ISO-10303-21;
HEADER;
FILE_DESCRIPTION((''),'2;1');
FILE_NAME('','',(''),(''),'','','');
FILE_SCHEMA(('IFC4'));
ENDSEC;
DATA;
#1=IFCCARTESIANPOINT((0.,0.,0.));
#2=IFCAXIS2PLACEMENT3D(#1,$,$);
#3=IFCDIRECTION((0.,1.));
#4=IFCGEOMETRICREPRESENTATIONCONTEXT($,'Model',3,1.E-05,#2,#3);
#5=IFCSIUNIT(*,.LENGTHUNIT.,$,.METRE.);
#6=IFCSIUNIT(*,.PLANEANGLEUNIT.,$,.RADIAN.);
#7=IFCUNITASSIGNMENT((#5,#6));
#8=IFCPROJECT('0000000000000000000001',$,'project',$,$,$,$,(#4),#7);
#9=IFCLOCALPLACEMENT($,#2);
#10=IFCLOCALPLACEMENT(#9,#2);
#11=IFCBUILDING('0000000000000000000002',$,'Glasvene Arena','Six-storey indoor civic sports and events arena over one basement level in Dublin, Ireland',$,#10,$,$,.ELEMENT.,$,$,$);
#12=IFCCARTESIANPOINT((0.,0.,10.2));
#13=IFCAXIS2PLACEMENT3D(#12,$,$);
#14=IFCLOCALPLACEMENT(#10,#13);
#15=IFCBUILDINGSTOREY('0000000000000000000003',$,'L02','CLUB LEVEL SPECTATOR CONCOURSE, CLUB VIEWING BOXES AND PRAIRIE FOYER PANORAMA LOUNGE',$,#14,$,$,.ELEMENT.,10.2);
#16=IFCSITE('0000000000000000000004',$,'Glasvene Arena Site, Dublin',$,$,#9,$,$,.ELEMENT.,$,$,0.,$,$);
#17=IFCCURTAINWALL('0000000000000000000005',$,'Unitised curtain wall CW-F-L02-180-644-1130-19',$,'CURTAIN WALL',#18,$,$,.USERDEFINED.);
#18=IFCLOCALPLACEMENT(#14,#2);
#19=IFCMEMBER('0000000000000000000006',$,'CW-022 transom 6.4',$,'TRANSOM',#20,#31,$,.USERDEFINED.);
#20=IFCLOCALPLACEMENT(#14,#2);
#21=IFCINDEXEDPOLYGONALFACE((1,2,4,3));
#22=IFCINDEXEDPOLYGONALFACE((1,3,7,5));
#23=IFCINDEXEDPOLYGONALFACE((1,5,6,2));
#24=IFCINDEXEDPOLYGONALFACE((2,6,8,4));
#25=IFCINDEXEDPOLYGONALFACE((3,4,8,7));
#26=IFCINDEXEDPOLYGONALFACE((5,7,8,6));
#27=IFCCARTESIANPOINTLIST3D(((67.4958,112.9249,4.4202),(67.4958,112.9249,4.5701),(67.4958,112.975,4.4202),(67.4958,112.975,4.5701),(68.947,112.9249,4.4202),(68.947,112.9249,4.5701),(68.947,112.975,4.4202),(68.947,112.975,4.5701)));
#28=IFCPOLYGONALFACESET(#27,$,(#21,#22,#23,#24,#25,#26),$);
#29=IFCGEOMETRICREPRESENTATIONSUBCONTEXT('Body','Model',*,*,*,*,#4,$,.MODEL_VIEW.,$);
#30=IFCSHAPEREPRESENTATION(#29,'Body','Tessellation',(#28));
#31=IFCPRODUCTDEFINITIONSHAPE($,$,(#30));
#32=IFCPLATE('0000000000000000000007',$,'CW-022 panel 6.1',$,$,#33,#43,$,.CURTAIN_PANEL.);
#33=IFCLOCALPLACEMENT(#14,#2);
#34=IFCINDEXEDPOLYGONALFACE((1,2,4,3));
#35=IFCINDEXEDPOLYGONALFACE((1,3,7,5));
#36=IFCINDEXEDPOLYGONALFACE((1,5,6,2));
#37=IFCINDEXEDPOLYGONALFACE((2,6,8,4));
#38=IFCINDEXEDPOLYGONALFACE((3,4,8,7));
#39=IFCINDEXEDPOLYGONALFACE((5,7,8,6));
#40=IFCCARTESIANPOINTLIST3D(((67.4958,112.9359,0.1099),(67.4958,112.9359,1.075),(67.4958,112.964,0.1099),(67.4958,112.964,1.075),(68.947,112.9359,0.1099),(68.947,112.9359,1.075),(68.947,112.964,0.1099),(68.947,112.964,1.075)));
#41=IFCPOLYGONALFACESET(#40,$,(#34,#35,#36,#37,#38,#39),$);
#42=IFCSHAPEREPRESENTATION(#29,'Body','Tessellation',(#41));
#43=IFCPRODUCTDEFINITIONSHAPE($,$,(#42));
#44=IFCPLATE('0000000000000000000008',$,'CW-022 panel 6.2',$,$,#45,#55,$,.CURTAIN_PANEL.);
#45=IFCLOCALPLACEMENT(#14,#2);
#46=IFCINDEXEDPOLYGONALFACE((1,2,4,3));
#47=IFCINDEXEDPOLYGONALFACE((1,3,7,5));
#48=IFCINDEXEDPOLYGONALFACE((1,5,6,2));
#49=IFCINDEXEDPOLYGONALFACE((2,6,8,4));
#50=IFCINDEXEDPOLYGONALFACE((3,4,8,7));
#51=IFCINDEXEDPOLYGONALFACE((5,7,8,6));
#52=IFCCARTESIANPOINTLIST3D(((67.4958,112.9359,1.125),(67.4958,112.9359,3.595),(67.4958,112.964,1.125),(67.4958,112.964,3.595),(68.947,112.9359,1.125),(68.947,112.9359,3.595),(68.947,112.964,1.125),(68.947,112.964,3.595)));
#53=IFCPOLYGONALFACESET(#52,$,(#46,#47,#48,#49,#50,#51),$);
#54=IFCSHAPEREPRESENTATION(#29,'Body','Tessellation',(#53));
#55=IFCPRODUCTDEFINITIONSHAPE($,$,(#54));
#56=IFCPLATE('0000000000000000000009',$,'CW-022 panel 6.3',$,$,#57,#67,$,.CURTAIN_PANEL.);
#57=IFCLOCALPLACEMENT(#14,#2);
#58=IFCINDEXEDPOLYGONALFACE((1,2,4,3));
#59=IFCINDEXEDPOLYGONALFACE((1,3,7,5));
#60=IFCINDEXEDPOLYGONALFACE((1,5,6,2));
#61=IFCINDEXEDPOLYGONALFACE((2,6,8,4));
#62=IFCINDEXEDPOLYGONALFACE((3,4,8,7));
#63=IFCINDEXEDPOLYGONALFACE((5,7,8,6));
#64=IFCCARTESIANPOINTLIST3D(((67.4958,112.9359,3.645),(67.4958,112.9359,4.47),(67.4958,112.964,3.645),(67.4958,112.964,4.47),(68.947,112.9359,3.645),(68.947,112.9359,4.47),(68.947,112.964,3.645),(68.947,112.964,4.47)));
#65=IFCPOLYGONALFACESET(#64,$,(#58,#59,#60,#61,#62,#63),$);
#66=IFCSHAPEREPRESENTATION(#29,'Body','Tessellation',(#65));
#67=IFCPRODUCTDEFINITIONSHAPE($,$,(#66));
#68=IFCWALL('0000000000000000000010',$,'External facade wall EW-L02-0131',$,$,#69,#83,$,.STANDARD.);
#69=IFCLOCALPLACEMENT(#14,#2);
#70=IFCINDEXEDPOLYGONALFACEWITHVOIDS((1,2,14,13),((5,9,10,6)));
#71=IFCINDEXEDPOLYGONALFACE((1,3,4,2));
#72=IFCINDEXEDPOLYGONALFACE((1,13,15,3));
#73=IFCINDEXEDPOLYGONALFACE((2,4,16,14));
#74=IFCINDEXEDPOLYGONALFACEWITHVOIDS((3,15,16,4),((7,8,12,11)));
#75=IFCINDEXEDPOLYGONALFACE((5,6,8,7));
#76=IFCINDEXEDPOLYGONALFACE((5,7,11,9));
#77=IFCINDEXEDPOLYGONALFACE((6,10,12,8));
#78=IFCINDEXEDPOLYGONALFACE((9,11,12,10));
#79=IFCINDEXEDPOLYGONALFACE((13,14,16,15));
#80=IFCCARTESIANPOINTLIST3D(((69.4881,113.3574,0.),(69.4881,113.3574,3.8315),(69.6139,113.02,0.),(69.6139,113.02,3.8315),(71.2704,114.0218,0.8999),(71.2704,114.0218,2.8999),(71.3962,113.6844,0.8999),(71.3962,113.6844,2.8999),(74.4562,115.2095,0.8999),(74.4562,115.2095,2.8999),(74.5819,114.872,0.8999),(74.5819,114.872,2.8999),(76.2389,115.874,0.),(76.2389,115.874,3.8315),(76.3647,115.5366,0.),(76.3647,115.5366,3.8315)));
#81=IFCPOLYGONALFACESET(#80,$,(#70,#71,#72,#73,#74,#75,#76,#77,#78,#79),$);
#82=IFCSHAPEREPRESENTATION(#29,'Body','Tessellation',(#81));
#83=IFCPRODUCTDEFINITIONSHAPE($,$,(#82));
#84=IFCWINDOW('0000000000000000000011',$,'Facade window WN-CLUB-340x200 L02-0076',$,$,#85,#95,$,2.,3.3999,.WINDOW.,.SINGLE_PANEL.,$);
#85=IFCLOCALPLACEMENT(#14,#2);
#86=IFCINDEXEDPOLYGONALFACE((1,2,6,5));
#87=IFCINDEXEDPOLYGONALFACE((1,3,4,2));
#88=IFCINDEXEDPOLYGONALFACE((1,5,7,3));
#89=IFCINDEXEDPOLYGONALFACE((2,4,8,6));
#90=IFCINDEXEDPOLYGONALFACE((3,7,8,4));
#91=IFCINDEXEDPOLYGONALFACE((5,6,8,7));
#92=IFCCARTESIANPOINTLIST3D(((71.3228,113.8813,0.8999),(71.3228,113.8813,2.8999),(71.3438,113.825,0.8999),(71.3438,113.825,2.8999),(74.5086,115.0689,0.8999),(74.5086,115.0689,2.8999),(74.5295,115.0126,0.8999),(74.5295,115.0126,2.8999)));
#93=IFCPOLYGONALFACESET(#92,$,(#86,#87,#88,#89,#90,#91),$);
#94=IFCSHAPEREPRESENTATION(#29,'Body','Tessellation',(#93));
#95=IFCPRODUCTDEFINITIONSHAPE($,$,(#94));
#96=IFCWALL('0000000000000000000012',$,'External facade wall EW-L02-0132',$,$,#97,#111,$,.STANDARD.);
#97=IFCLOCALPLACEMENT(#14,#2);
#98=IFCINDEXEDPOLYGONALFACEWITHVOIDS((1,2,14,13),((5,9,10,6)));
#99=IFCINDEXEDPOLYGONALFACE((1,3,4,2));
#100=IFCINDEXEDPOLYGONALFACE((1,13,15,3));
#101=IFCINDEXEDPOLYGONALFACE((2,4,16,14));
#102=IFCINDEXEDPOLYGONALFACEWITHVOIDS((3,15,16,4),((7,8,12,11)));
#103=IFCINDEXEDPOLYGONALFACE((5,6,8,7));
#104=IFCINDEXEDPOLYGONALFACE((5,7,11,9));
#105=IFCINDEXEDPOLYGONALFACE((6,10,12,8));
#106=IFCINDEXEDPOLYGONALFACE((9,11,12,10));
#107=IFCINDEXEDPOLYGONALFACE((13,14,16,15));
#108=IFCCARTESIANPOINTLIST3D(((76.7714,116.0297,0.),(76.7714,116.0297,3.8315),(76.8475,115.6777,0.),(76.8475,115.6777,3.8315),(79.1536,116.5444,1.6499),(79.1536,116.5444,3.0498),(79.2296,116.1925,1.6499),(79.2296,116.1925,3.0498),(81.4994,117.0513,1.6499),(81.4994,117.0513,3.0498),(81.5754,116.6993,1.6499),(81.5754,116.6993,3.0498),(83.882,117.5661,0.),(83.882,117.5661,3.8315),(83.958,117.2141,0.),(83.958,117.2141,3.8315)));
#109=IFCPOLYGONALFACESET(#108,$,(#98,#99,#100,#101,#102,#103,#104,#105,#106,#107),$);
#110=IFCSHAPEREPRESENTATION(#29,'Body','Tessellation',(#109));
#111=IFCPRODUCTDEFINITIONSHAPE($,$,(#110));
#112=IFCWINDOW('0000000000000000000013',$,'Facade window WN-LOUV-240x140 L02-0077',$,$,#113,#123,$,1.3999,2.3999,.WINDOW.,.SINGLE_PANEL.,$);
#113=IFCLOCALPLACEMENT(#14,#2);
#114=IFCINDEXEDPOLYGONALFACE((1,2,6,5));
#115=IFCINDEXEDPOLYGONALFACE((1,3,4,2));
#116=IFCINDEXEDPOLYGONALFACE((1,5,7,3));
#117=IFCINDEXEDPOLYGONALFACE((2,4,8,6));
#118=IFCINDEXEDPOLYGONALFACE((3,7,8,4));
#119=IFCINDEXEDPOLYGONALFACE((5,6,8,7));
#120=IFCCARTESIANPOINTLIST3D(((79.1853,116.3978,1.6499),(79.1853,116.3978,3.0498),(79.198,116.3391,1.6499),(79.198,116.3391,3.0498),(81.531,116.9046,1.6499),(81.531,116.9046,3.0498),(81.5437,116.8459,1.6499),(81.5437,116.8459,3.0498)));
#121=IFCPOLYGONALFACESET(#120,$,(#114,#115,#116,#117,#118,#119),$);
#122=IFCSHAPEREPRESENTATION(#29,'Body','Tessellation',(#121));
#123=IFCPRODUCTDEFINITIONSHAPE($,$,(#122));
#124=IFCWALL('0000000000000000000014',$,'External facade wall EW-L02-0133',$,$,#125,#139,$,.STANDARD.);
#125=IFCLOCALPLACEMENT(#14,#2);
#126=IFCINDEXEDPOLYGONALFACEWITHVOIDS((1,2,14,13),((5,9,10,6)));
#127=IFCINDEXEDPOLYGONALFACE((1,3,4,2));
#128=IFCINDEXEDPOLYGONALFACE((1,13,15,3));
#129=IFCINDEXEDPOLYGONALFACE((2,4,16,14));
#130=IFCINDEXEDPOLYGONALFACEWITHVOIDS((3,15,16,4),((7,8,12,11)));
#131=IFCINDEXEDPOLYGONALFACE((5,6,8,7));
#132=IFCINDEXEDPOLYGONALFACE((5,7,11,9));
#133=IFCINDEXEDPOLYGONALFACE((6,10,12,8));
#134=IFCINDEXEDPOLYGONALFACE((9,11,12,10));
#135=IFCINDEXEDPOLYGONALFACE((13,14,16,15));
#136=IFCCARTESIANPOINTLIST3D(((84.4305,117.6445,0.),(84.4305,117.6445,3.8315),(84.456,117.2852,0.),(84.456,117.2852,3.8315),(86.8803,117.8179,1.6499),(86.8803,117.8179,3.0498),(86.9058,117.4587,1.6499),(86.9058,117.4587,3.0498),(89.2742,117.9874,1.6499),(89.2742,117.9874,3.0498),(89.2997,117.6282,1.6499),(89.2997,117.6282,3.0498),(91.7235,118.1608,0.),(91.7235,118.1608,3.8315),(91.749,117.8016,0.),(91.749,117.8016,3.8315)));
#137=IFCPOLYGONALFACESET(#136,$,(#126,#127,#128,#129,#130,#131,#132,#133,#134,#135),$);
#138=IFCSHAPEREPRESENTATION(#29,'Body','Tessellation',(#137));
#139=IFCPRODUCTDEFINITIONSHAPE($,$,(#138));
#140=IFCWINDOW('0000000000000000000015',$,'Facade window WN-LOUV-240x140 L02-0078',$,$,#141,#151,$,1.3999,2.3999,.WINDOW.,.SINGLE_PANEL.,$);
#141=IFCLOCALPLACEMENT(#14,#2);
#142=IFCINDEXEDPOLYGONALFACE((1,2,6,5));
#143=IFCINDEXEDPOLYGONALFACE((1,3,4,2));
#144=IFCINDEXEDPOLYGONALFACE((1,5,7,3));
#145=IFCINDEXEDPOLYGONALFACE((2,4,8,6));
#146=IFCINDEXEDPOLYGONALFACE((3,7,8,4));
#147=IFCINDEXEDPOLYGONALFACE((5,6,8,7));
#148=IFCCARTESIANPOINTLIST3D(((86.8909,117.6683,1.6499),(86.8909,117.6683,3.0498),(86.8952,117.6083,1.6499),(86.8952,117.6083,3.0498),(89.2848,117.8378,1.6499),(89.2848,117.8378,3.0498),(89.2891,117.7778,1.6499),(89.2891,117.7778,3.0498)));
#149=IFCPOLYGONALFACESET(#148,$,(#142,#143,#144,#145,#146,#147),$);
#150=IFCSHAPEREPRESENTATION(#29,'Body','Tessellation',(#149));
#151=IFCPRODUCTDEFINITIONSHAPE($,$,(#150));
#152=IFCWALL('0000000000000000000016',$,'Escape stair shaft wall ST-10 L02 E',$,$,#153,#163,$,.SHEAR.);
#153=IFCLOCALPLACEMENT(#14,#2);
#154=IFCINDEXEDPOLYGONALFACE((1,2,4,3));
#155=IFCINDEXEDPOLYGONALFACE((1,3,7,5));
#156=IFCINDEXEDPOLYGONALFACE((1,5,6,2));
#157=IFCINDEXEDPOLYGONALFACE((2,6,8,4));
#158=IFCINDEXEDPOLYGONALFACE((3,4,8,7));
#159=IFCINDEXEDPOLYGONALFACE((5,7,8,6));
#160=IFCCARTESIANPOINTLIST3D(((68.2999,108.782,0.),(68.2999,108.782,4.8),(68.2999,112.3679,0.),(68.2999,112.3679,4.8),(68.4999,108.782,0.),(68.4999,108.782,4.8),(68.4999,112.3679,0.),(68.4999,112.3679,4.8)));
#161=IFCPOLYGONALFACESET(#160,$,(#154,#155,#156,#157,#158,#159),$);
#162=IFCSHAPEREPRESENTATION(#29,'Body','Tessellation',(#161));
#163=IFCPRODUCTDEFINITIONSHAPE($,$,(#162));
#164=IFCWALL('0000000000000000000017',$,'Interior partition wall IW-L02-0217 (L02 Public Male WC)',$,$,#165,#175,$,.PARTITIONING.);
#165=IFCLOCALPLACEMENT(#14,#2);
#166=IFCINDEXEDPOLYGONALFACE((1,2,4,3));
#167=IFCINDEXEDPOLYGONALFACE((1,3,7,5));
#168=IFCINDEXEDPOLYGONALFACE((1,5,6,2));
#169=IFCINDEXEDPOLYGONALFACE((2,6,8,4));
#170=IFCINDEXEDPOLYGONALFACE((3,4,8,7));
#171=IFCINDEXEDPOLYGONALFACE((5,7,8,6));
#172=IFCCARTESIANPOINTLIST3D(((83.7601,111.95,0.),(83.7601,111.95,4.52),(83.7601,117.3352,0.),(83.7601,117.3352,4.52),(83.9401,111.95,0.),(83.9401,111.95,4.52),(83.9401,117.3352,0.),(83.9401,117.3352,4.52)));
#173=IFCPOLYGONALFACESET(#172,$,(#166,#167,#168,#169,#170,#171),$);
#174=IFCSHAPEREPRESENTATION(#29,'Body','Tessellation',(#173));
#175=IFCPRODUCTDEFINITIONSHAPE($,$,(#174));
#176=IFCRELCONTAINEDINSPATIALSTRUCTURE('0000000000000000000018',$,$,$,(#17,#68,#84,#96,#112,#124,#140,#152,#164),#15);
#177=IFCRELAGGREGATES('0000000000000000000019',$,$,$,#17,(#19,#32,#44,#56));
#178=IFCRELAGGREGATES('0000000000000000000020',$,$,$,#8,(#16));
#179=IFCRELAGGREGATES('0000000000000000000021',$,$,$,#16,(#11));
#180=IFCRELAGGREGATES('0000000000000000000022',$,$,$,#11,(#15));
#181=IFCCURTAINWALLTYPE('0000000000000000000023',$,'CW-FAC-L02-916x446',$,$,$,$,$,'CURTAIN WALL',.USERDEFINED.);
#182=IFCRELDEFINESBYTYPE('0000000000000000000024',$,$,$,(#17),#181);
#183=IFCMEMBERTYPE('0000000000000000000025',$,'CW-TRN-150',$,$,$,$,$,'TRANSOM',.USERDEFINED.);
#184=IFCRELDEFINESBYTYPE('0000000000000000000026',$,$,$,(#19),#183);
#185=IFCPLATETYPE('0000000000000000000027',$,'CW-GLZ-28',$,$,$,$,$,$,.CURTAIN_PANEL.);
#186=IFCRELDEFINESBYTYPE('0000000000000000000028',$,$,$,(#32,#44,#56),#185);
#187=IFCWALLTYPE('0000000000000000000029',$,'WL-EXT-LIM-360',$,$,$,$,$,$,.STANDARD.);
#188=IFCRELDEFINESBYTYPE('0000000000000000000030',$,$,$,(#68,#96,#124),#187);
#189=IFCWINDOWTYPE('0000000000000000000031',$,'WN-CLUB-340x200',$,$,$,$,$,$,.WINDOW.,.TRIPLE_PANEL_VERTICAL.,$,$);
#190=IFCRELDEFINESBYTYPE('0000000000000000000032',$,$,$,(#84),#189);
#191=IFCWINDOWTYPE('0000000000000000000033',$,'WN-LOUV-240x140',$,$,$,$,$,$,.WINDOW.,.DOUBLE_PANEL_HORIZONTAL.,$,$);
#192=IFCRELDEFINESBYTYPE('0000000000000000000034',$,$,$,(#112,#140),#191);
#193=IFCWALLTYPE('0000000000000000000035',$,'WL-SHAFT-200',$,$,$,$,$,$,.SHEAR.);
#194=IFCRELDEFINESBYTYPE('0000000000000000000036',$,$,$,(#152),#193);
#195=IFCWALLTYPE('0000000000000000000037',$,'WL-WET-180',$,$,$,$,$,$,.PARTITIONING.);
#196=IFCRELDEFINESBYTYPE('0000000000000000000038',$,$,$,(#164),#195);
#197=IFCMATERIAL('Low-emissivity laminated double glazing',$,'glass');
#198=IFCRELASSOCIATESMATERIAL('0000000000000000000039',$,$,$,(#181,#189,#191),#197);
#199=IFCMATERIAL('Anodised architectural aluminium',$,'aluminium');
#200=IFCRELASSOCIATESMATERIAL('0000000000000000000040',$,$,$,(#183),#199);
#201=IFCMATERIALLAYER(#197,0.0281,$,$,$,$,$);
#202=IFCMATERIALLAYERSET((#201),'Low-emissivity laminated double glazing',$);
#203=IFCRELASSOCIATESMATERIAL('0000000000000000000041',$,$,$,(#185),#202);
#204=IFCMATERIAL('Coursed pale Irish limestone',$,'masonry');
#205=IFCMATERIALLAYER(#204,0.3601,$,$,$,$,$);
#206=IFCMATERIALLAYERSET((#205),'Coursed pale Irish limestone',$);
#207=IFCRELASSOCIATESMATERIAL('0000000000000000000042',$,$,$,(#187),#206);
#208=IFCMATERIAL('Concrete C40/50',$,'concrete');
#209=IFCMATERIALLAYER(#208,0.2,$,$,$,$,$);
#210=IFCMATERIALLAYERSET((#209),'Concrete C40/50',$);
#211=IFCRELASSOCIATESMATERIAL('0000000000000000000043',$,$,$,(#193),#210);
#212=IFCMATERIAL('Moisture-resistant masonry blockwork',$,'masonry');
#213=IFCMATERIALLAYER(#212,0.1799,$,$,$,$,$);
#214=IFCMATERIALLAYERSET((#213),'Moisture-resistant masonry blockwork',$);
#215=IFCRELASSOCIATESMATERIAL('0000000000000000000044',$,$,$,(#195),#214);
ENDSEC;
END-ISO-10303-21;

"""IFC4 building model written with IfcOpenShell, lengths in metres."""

from ifc_helpers import new_model, si_unit, direction, frame, frame_2d, origin, origin_2d, place, context, subcontext, project, spatial, rectangle, extrude, material, layer, layer_set, material_profile, profile_set, type_object, element, fill, aggregate, save


model = new_model("IFC4")

# Units and contexts
model_context = context("Model", 3, precision=1e-05, world=origin(), true_north=direction((0.0, 1.0)))
body_context = subcontext(model_context, "Body", "Model", "MODEL_VIEW")
ifc_project = project(units=[si_unit("LENGTHUNIT", "METRE"), si_unit("PLANEANGLEUNIT", "RADIAN")], contexts=[model_context])

# Site, building, storey
site_placement = place(None, origin())
site = spatial("IfcSite", under=ifc_project, at=site_placement, Name="Glasvene Arena Site, Dublin", CompositionType="ELEMENT", RefElevation=0.0)
building_placement = place(site_placement, origin())
building = spatial("IfcBuilding", under=site, at=building_placement, Name="Glasvene Arena", Description="Six-storey indoor civic sports and events arena over one basement level in Dublin, Ireland", CompositionType="ELEMENT")
storey_placement = place(building_placement, frame((0.0, 0.0, 10.2)))
storey = spatial("IfcBuildingStorey", under=building, at=storey_placement, Name="L02", Description="CLUB LEVEL SPECTATOR CONCOURSE, CLUB VIEWING BOXES AND PRAIRIE FOYER PANORAMA LOUNGE", CompositionType="ELEMENT", Elevation=10.2)

# Curtain wall, member, plates
ifc_material_1 = material(Name="Low-emissivity laminated double glazing", Category="glass")
curtain_wall_type = type_object("IfcCurtainWallType", Name="CW-FAC-L02-916x446", ElementType="CURTAIN WALL", PredefinedType="USERDEFINED", material=ifc_material_1)
curtain_wall_placement = place(storey_placement, frame((59.8401, 112.95, 0.0)))
curtain_wall = element("IfcCurtainWall", 1, at=curtain_wall_placement, inside=storey, type_object=curtain_wall_type, Name="Unitised curtain wall CW-F-L02-180-644-1130-19", ObjectType="CURTAIN WALL", PredefinedType="USERDEFINED")
ifc_material_2 = material(Name="Anodised architectural aluminium", Category="aluminium")
ifc_material_profile_1 = material_profile(ifc_material_2, rectangle(XDim=0.05, YDim=0.1499, at=origin_2d()), Name="ALU TRANSOM 50x150")
ifc_profile_set_1 = profile_set([ifc_material_profile_1], Name="Anodised architectural aluminium")
member_type_1 = type_object("IfcMemberType", Name="CW-TRN-150", ElementType="TRANSOM", PredefinedType="USERDEFINED", material=ifc_profile_set_1)
member_1_placement = place(storey_placement, frame((67.4958, 112.95, 4.4951), z_axis=(1.0, 0.0, 0.0), x_axis=(0.0, 1.0, 0.0)))
member_1 = element("IfcMember", 2, at=member_1_placement, type_object=member_type_1, Name="CW-022 transom 6.4", ObjectType="TRANSOM", PredefinedType="USERDEFINED", context=body_context, shape_type="SweptSolid", body=[
    extrude(rectangle(XDim=0.05, YDim=0.1499, at=origin_2d()), origin(), (0.0, 0.0, 1.0), 1.4512),
])
ifc_layer_1 = layer(ifc_material_1, 0.0281)
ifc_layer_set_1 = layer_set([ifc_layer_1], Name="Low-emissivity laminated double glazing")
plate_type = type_object("IfcPlateType", Name="CW-GLZ-28", PredefinedType="CURTAIN_PANEL", material=ifc_layer_set_1)
plate_1_placement = place(storey_placement, frame((68.2214, 112.95, 0.1099), z_axis=(0.0, 0.0, 1.0), x_axis=(1.0, 0.0, 0.0)))
plate_1 = element("IfcPlate", 3, at=plate_1_placement, type_object=plate_type, Name="CW-022 panel 6.1", PredefinedType="CURTAIN_PANEL", context=body_context, shape_type="SweptSolid", body=[
    extrude(rectangle(XDim=1.4512, YDim=0.0281, at=origin_2d()), origin(), (0.0, 0.0, 1.0), 0.9651),
])
plate_2_placement = place(storey_placement, frame((68.2214, 112.95, 1.125), z_axis=(0.0, 0.0, 1.0), x_axis=(1.0, 0.0, 0.0)))
plate_2 = element("IfcPlate", 4, at=plate_2_placement, type_object=plate_type, Name="CW-022 panel 6.2", PredefinedType="CURTAIN_PANEL", context=body_context, shape_type="SweptSolid", body=[
    extrude(rectangle(XDim=1.4512, YDim=0.0281, at=origin_2d()), origin(), (0.0, 0.0, 1.0), 2.47),
])
plate_3_placement = place(storey_placement, frame((68.2214, 112.95, 3.645), z_axis=(0.0, 0.0, 1.0), x_axis=(1.0, 0.0, 0.0)))
plate_3 = element("IfcPlate", 5, at=plate_3_placement, type_object=plate_type, Name="CW-022 panel 6.3", PredefinedType="CURTAIN_PANEL", context=body_context, shape_type="SweptSolid", body=[
    extrude(rectangle(XDim=1.4512, YDim=0.0281, at=origin_2d()), origin(), (0.0, 0.0, 1.0), 0.825),
])
aggregate(curtain_wall, [member_1, plate_1, plate_2, plate_3])

# Walls, openings, windows
ifc_material_3 = material(Name="Coursed pale Irish limestone", Category="masonry")
ifc_layer_2 = layer(ifc_material_3, 0.3601)
ifc_layer_set_2 = layer_set([ifc_layer_2], Name="Coursed pale Irish limestone")
wall_type_1 = type_object("IfcWallType", Name="WL-EXT-LIM-360", PredefinedType="STANDARD", material=ifc_layer_set_2)
wall_1_placement = place(storey_placement, frame((69.551, 113.1887, 0.0), z_axis=(0.0, 0.0, 1.0), x_axis=(0.937008, 0.349307, 0.0)))
wall_1 = element("IfcWall", 6, at=wall_1_placement, inside=storey, type_object=wall_type_1, Name="External facade wall EW-L02-0131", PredefinedType="STANDARD", context=body_context, shape_type="SweptSolid", body=[
    extrude(rectangle(XDim=7.2046, YDim=0.3601, at=frame_2d((3.6023, 0.0))), origin(), (0.0, 0.0, 1.0), 3.8315),
])
opening_1_placement = place(wall_1_placement, frame((1.9021, 0.0, 0.8999)))
opening_1 = element("IfcOpeningElement", 7, at=opening_1_placement, cuts=wall_1, PredefinedType="OPENING", context=body_context, shape_type="SweptSolid", body=[
    extrude(rectangle(XDim=3.3999, YDim=2.0, at=frame_2d((1.7, 1.0))), frame((0.0, 0.1899, 0.0), z_axis=(0.0, -1.0, 0.0), x_axis=(1.0, 0.0, 0.0)), (0.0, 0.0, 1.0), 0.3801),
])
window_type_1 = type_object("IfcWindowType", Name="WN-CLUB-340x200", PartitioningType="TRIPLE_PANEL_VERTICAL", PredefinedType="WINDOW", material=ifc_material_1)
window_1_placement = place(opening_1_placement, origin())
window_1 = element("IfcWindow", 8, at=window_1_placement, inside=storey, type_object=window_type_1, Name="Facade window WN-CLUB-340x200 L02-0076", OverallHeight=2.0, OverallWidth=3.3999, PartitioningType="SINGLE_PANEL", PredefinedType="WINDOW", context=body_context, shape_type="SweptSolid", body=[
    extrude(rectangle(XDim=3.3999, YDim=2.0, at=frame_2d((1.7, 1.0))), frame((0.0, 0.03, 0.0), z_axis=(0.0, -1.0, 0.0), x_axis=(1.0, 0.0, 0.0)), (0.0, 0.0, 1.0), 0.0601),
])
fill(opening_1, window_1)
wall_2_placement = place(storey_placement, frame((76.8096, 115.8538, 0.0), z_axis=(0.0, 0.0, 1.0), x_axis=(0.977444, 0.211195, 0.0)))
wall_2 = element("IfcWall", 9, at=wall_2_placement, inside=storey, type_object=wall_type_1, Name="External facade wall EW-L02-0132", PredefinedType="STANDARD", context=body_context, shape_type="SweptSolid", body=[
    extrude(rectangle(XDim=7.2747, YDim=0.3601, at=frame_2d((3.6372, 0.0))), origin(), (0.0, 0.0, 1.0), 3.8315),
])
opening_2_placement = place(wall_2_placement, frame((2.437, 0.0, 1.6499)))
opening_2 = element("IfcOpeningElement", 10, at=opening_2_placement, cuts=wall_2, PredefinedType="OPENING", context=body_context, shape_type="SweptSolid", body=[
    extrude(rectangle(XDim=2.3999, YDim=1.3999, at=frame_2d((1.2, 0.7))), frame((0.0, 0.1899, 0.0), z_axis=(0.0, -1.0, 0.0), x_axis=(1.0, 0.0, 0.0)), (0.0, 0.0, 1.0), 0.3801),
])
window_type_2 = type_object("IfcWindowType", Name="WN-LOUV-240x140", PartitioningType="DOUBLE_PANEL_HORIZONTAL", PredefinedType="WINDOW", material=ifc_material_1)
window_2_placement = place(opening_2_placement, origin())
window_2 = element("IfcWindow", 11, at=window_2_placement, inside=storey, type_object=window_type_2, Name="Facade window WN-LOUV-240x140 L02-0077", OverallHeight=1.3999, OverallWidth=2.3999, PartitioningType="SINGLE_PANEL", PredefinedType="WINDOW", context=body_context, shape_type="SweptSolid", body=[
    extrude(rectangle(XDim=2.3999, YDim=1.3999, at=frame_2d((1.2, 0.7))), frame((0.0, 0.03, 0.0), z_axis=(0.0, -1.0, 0.0), x_axis=(1.0, 0.0, 0.0)), (0.0, 0.0, 1.0), 0.0601),
])
fill(opening_2, window_2)
wall_3_placement = place(storey_placement, frame((84.4431, 117.4648, 0.0), z_axis=(0.0, 0.0, 1.0), x_axis=(0.997503, 0.070625, 0.0)))
wall_3 = element("IfcWall", 12, at=wall_3_placement, inside=storey, type_object=wall_type_1, Name="External facade wall EW-L02-0133", PredefinedType="STANDARD", context=body_context, shape_type="SweptSolid", body=[
    extrude(rectangle(XDim=7.3113, YDim=0.3601, at=frame_2d((3.6558, 0.0))), origin(), (0.0, 0.0, 1.0), 3.8315),
])
opening_3_placement = place(wall_3_placement, frame((2.4561, 0.0, 1.6499)))
opening_3 = element("IfcOpeningElement", 13, at=opening_3_placement, cuts=wall_3, PredefinedType="OPENING", context=body_context, shape_type="SweptSolid", body=[
    extrude(rectangle(XDim=2.3999, YDim=1.3999, at=frame_2d((1.2, 0.7))), frame((0.0, 0.1899, 0.0), z_axis=(0.0, -1.0, 0.0), x_axis=(1.0, 0.0, 0.0)), (0.0, 0.0, 1.0), 0.3801),
])
window_3_placement = place(opening_3_placement, origin())
window_3 = element("IfcWindow", 14, at=window_3_placement, inside=storey, type_object=window_type_2, Name="Facade window WN-LOUV-240x140 L02-0078", OverallHeight=1.3999, OverallWidth=2.3999, PartitioningType="SINGLE_PANEL", PredefinedType="WINDOW", context=body_context, shape_type="SweptSolid", body=[
    extrude(rectangle(XDim=2.3999, YDim=1.3999, at=frame_2d((1.2, 0.7))), frame((0.0, 0.03, 0.0), z_axis=(0.0, -1.0, 0.0), x_axis=(1.0, 0.0, 0.0)), (0.0, 0.0, 1.0), 0.0601),
])
fill(opening_3, window_3)

# Walls
ifc_material_4 = material(Name="Concrete C40/50", Category="concrete")
ifc_layer_3 = layer(ifc_material_4, 0.2)
ifc_layer_set_3 = layer_set([ifc_layer_3], Name="Concrete C40/50")
wall_type_2 = type_object("IfcWallType", Name="WL-SHAFT-200", PredefinedType="SHEAR", material=ifc_layer_set_3)
wall_4_placement = place(storey_placement, frame((68.3999, 108.782, 0.0), z_axis=(0.0, 0.0, 1.0), x_axis=(0.0, 1.0, 0.0)))
element("IfcWall", 15, at=wall_4_placement, inside=storey, type_object=wall_type_2, Name="Escape stair shaft wall ST-10 L02 E", PredefinedType="SHEAR", context=body_context, shape_type="SweptSolid", body=[
    extrude(rectangle(XDim=3.5859, YDim=0.2, at=frame_2d((1.793, 0.0))), origin(), (0.0, 0.0, 1.0), 4.8),
])
ifc_material_5 = material(Name="Moisture-resistant masonry blockwork", Category="masonry")
ifc_layer_4 = layer(ifc_material_5, 0.1799)
ifc_layer_set_4 = layer_set([ifc_layer_4], Name="Moisture-resistant masonry blockwork")
wall_type_3 = type_object("IfcWallType", Name="WL-WET-180", PredefinedType="PARTITIONING", material=ifc_layer_set_4)
wall_5_placement = place(storey_placement, frame((83.8501, 117.3352, 0.0), z_axis=(0.0, 0.0, 1.0), x_axis=(0.0, -1.0, 0.0)))
element("IfcWall", 16, at=wall_5_placement, inside=storey, type_object=wall_type_3, Name="Interior partition wall IW-L02-0217 (L02 Public Male WC)", PredefinedType="PARTITIONING", context=body_context, shape_type="SweptSolid", body=[
    extrude(rectangle(XDim=5.3853, YDim=0.1799, at=frame_2d((2.6926, 0.0))), origin(), (0.0, 0.0, 1.0), 4.52),
])

save(model, "model.ifc")
